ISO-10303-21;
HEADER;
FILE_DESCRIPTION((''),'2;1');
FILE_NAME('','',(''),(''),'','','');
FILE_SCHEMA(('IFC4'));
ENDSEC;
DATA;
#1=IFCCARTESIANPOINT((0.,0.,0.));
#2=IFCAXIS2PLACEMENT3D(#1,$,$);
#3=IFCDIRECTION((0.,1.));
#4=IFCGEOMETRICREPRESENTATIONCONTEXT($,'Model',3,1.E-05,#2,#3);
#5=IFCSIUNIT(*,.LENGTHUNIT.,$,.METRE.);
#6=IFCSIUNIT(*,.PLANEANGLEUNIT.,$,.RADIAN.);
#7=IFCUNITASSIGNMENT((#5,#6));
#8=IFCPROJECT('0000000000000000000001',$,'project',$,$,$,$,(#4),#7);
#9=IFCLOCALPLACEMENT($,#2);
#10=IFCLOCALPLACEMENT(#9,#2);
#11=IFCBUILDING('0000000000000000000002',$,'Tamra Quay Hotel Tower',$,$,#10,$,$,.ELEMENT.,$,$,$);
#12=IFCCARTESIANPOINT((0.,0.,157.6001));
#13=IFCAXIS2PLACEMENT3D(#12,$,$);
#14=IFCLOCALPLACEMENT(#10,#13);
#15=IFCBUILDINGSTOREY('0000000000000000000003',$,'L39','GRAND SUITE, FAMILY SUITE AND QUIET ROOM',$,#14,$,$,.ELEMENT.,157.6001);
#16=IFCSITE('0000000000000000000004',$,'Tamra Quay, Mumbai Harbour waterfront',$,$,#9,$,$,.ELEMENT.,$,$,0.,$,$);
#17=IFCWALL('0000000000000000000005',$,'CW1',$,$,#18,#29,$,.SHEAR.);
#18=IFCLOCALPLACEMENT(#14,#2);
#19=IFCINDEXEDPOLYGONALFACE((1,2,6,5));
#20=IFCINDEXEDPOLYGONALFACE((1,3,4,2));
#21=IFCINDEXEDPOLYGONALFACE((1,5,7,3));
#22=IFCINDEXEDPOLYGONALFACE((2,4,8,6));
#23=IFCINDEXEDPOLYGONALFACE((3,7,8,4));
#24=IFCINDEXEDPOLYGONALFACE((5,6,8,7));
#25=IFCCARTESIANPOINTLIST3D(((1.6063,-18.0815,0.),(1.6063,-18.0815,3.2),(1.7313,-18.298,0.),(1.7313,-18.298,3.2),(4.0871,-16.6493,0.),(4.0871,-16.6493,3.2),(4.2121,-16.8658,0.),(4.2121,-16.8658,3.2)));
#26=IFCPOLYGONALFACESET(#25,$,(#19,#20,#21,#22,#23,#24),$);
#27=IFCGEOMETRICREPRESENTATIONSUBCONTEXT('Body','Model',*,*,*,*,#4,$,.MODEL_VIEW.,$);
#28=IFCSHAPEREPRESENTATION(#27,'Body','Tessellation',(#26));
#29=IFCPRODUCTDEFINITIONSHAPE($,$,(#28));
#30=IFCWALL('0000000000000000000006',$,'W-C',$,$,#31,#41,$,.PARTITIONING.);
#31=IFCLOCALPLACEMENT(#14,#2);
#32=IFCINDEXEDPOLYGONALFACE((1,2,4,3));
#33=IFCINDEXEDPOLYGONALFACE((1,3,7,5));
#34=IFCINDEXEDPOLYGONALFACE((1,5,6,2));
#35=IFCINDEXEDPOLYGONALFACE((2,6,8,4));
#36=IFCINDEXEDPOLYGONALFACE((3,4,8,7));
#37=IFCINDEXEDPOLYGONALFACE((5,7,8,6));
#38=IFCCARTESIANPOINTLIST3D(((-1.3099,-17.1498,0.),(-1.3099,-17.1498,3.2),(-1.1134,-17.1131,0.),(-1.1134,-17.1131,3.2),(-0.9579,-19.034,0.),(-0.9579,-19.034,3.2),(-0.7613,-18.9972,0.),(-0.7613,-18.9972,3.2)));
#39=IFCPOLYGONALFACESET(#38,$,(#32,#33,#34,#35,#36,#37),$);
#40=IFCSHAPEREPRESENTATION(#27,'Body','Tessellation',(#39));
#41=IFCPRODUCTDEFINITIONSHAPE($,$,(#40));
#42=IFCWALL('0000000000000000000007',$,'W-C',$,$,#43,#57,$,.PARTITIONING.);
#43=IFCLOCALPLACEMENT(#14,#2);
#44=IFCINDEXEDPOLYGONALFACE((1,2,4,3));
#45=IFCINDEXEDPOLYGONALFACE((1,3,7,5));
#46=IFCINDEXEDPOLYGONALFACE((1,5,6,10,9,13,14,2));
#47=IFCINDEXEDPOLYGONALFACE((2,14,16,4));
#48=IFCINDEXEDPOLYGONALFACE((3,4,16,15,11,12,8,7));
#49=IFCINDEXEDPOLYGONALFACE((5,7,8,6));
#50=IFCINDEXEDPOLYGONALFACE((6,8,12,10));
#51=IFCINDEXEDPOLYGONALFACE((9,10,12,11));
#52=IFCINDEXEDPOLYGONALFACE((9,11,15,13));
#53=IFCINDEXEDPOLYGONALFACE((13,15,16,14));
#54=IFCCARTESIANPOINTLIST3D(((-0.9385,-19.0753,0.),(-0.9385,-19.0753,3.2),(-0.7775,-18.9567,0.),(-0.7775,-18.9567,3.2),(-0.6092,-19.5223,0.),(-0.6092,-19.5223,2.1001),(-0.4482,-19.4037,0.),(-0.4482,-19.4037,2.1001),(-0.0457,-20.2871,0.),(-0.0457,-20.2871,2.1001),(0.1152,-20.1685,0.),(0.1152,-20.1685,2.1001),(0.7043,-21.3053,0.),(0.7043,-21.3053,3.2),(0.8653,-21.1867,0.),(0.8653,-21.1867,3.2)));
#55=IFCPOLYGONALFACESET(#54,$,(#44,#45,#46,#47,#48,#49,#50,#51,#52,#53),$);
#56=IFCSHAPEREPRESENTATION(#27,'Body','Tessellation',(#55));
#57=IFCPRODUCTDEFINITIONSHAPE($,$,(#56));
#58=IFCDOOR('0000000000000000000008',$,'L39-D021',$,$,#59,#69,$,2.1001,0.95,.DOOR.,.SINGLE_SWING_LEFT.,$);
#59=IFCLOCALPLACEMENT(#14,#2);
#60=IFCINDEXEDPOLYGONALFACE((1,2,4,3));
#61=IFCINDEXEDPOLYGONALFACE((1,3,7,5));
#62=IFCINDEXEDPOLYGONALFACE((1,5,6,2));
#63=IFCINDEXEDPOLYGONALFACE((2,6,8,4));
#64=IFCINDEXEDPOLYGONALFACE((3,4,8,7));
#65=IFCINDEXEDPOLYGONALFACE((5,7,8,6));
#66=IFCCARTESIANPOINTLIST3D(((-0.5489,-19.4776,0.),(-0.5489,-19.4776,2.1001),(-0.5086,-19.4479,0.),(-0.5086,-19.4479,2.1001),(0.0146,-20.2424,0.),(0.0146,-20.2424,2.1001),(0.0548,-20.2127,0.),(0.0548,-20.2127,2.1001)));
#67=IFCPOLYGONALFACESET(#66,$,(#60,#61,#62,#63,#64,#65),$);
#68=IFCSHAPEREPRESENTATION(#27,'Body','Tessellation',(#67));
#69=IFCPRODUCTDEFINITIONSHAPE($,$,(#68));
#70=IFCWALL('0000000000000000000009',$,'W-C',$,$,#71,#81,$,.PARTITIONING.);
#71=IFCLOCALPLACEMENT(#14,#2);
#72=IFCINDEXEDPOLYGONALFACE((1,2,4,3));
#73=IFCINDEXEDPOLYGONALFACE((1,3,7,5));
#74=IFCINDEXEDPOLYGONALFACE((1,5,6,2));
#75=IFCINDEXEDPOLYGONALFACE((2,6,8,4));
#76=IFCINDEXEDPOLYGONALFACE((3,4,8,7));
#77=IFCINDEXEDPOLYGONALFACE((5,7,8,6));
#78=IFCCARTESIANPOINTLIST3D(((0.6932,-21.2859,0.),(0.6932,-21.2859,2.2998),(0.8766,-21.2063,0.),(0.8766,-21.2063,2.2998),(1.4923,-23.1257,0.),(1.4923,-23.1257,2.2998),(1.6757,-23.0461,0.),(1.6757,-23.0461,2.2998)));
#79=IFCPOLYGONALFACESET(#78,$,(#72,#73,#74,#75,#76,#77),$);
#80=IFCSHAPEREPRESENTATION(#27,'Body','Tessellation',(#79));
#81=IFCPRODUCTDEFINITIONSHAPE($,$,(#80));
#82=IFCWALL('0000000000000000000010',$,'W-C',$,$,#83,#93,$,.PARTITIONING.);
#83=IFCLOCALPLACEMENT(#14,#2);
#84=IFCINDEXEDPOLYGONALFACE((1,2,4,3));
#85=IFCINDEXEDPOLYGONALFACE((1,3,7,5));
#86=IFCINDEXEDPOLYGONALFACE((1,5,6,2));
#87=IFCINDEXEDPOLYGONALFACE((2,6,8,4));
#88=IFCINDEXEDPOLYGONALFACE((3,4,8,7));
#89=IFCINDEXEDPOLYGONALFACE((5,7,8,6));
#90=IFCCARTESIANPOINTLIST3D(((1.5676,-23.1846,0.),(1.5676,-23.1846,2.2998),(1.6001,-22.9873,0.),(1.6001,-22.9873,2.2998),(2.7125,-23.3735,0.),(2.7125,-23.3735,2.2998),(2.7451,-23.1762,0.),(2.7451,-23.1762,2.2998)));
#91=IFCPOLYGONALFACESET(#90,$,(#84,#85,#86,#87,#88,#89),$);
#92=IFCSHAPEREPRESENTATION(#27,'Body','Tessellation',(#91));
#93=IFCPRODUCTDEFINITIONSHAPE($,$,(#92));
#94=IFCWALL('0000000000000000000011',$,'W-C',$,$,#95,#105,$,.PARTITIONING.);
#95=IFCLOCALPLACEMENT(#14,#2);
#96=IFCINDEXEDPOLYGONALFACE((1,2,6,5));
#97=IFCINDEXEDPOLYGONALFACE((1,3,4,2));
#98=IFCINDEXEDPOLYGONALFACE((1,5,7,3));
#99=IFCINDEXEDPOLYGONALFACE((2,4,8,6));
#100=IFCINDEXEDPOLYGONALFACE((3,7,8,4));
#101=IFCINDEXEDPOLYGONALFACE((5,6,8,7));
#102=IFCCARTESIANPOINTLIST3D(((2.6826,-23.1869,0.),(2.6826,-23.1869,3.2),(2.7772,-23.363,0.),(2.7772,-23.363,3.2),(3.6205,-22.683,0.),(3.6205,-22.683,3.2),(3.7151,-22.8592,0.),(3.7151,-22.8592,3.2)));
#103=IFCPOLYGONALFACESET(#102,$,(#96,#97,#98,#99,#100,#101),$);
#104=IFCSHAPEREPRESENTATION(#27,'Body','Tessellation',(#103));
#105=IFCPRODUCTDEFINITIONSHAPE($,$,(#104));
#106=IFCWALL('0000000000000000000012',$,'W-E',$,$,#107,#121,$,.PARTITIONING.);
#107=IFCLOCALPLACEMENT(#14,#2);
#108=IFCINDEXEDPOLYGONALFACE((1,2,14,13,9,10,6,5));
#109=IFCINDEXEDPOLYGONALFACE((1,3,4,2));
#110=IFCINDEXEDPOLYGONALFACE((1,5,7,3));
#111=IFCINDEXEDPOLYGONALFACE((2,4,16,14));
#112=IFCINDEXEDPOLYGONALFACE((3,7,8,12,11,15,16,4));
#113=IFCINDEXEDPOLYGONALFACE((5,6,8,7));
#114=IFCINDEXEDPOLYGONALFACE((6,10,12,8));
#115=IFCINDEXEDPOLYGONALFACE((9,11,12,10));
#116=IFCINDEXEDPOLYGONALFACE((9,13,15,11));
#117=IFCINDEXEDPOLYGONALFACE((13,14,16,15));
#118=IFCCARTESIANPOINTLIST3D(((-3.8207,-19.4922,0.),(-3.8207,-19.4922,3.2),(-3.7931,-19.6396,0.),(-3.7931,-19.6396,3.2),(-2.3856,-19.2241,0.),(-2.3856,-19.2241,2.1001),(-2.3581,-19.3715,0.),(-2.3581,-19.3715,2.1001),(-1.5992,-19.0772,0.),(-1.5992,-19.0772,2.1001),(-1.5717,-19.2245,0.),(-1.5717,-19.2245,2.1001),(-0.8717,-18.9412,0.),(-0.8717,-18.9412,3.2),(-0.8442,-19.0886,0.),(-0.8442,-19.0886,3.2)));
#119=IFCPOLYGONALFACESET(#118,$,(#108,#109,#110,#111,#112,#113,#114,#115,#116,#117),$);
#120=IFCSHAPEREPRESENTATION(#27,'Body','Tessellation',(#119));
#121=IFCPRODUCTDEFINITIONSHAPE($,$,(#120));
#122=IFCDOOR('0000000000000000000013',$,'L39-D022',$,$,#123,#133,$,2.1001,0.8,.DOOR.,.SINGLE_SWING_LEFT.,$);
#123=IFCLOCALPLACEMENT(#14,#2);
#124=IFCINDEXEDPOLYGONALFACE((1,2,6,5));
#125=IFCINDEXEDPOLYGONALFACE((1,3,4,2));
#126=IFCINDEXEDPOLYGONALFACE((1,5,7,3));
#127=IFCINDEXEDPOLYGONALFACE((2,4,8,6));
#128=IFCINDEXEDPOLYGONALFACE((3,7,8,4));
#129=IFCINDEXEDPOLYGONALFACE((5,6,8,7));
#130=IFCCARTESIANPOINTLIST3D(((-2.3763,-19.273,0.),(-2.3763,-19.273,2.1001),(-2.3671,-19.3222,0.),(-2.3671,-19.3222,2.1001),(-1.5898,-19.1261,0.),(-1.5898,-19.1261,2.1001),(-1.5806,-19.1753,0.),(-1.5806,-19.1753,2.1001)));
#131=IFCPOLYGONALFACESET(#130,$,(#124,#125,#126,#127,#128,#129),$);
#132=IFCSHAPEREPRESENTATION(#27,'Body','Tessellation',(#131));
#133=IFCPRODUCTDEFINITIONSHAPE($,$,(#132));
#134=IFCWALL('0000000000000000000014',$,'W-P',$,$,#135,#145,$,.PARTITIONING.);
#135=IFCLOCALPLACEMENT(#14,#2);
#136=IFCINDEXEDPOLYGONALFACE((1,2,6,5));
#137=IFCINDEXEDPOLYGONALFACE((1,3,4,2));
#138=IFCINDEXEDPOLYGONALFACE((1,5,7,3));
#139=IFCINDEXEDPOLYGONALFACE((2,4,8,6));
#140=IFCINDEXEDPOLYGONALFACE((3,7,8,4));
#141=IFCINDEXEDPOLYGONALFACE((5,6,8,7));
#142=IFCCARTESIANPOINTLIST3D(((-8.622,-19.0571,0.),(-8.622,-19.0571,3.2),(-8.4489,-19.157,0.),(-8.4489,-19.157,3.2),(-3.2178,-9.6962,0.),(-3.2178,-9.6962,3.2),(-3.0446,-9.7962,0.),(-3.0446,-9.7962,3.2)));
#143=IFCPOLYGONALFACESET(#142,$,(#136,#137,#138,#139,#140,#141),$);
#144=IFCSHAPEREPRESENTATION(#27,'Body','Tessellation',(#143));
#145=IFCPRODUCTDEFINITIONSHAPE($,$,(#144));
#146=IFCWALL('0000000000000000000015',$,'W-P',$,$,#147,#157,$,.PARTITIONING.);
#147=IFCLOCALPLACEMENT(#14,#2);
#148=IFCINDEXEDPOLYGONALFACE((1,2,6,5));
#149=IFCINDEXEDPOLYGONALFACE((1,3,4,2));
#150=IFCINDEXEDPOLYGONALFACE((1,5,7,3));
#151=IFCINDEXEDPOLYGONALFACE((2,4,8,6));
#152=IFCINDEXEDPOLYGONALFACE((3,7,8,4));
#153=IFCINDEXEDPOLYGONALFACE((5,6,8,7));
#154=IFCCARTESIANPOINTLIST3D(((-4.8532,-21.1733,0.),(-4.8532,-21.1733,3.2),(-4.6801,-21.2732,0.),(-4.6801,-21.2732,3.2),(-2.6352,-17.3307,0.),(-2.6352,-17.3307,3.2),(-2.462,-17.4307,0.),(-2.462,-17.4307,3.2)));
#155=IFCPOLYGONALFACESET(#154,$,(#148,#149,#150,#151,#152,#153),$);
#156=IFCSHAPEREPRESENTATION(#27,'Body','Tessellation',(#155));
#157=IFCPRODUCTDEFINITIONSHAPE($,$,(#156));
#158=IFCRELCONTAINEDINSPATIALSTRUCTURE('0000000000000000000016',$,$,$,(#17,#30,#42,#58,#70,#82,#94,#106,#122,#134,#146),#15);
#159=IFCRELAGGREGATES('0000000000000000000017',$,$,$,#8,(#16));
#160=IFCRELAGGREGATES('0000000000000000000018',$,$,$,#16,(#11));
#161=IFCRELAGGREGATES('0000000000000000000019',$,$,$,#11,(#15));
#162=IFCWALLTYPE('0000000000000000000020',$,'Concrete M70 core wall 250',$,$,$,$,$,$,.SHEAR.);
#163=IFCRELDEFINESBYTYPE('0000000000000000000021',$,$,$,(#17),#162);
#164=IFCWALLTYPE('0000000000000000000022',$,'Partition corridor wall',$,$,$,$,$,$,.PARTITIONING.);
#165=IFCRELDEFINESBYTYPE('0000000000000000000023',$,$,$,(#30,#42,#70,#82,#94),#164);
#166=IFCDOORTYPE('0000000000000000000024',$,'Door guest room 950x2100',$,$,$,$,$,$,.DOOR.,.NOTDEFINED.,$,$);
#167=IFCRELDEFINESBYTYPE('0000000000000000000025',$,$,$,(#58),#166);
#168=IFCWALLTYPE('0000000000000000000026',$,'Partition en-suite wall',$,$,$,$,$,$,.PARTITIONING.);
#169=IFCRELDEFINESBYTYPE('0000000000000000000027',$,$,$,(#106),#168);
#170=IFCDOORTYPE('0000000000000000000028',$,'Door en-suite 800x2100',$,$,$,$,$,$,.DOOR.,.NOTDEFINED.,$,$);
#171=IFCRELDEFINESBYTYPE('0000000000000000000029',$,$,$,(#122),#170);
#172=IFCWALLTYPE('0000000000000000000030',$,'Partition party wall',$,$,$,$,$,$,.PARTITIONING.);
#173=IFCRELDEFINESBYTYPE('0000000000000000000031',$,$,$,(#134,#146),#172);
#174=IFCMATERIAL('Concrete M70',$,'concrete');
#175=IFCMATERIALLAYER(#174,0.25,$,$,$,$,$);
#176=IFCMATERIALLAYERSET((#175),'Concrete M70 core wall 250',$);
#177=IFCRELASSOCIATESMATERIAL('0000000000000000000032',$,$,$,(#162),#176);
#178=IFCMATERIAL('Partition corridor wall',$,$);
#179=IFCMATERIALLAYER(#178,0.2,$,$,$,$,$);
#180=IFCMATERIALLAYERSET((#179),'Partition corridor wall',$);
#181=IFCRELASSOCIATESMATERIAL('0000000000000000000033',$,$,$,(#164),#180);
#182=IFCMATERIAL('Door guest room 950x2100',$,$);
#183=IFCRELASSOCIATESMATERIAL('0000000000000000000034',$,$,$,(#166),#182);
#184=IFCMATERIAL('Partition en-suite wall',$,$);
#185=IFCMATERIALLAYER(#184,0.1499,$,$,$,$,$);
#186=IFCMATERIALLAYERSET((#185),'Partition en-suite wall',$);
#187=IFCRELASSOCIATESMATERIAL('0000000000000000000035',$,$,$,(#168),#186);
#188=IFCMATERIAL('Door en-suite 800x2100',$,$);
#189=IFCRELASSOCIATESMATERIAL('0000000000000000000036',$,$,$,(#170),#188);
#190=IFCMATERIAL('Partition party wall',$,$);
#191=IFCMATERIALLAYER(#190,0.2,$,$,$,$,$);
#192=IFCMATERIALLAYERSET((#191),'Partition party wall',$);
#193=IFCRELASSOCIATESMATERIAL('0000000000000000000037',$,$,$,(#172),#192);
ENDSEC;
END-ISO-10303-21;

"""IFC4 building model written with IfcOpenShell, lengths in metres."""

from ifc_helpers import new_model, si_unit, direction, frame, frame_2d, origin, place, context, subcontext, project, spatial, rectangle, extrude, material, layer, layer_set, type_object, element, fill, save


model = new_model("IFC4")

# Units and contexts
model_context = context("Model", 3, precision=1e-05, world=origin(), true_north=direction((0.0, 1.0)))
body_context = subcontext(model_context, "Body", "Model", "MODEL_VIEW")
ifc_project = project(units=[si_unit("LENGTHUNIT", "METRE"), si_unit("PLANEANGLEUNIT", "RADIAN")], contexts=[model_context])

# Site, building, storey
site_placement = place(None, origin())
site = spatial("IfcSite", under=ifc_project, at=site_placement, Name="Tamra Quay, Mumbai Harbour waterfront", CompositionType="ELEMENT", RefElevation=0.0)
building_placement = place(site_placement, origin())
building = spatial("IfcBuilding", under=site, at=building_placement, Name="Tamra Quay Hotel Tower", CompositionType="ELEMENT")
storey_placement = place(building_placement, frame((0.0, 0.0, 157.6001)))
storey = spatial("IfcBuildingStorey", under=building, at=storey_placement, Name="L39", Description="GRAND SUITE, FAMILY SUITE AND QUIET ROOM", CompositionType="ELEMENT", Elevation=157.6001)

# Shared definitions
ifc_material_1 = material(Name="Concrete M70", Category="concrete")

# Walls
ifc_layer_1 = layer(ifc_material_1, 0.25)
ifc_layer_set_1 = layer_set([ifc_layer_1], Name="Concrete M70 core wall 250")
wall_type_1 = type_object("IfcWallType", Name="Concrete M70 core wall 250", PredefinedType="SHEAR", material=ifc_layer_set_1)
wall_1_placement = place(storey_placement, frame((1.6689, -18.1897, 0.0), z_axis=(0.0, 0.0, 1.0), x_axis=(0.866042, 0.499971, 0.0)))
element("IfcWall", 1, at=wall_1_placement, inside=storey, type_object=wall_type_1, Name="CW1", PredefinedType="SHEAR", context=body_context, shape_type="SweptSolid", body=[
    extrude(rectangle(XDim=2.8645, YDim=0.25, at=frame_2d((1.4321, 0.0))), origin(), (0.0, 0.0, 1.0), 3.2),
])
ifc_material_2 = material(Name="Partition corridor wall")
ifc_layer_2 = layer(ifc_material_2, 0.2)
ifc_layer_set_2 = layer_set([ifc_layer_2], Name="Partition corridor wall")
wall_type_2 = type_object("IfcWallType", Name="Partition corridor wall", PredefinedType="PARTITIONING", material=ifc_layer_set_2)
wall_2_placement = place(storey_placement, frame((-1.2117, -17.1313, 0.0), z_axis=(0.0, 0.0, 1.0), x_axis=(0.183681, -0.982986, 0.0)))
element("IfcWall", 2, at=wall_2_placement, inside=storey, type_object=wall_type_2, Name="W-C", PredefinedType="PARTITIONING", context=body_context, shape_type="SweptSolid", body=[
    extrude(rectangle(XDim=1.9167, YDim=0.2, at=frame_2d((0.9585, 0.0))), origin(), (0.0, 0.0, 1.0), 3.2),
])

# Wall, opening, door
wall_3_placement = place(storey_placement, frame((-0.8579, -19.0161, 0.0), z_axis=(0.0, 0.0, 1.0), x_axis=(0.593124, -0.805111, 0.0)))
wall_3 = element("IfcWall", 3, at=wall_3_placement, inside=storey, type_object=wall_type_2, Name="W-C", PredefinedType="PARTITIONING", context=body_context, shape_type="SweptSolid", body=[
    extrude(rectangle(XDim=2.7698, YDim=0.2, at=frame_2d((1.3848, 0.0))), origin(), (0.0, 0.0, 1.0), 3.2),
])
opening_1_placement = place(wall_3_placement, frame((0.5549, 0.0, 0.0)))
opening_1 = element("IfcOpeningElement", 4, at=opening_1_placement, cuts=wall_3, PredefinedType="OPENING", context=body_context, shape_type="SweptSolid", body=[
    extrude(rectangle(XDim=0.95, YDim=2.1001, at=frame_2d((0.4751, 1.05))), frame((0.0, 0.1099, 0.0), z_axis=(0.0, -1.0, 0.0), x_axis=(1.0, 0.0, 0.0)), (0.0, 0.0, 1.0), 0.22),
])
ifc_material_3 = material(Name="Door guest room 950x2100")
door_type_1 = type_object("IfcDoorType", Name="Door guest room 950x2100", OperationType="NOTDEFINED", PredefinedType="DOOR", material=ifc_material_3)
door_1_placement = place(opening_1_placement, frame((0.95, 0.0, 0.0), z_axis=(0.0, 0.0, 1.0), x_axis=(-1.0, 0.0, 0.0)))
door_1 = element("IfcDoor", 5, at=door_1_placement, inside=storey, type_object=door_type_1, Name="L39-D021", OperationType="SINGLE_SWING_LEFT", OverallHeight=2.1001, OverallWidth=0.95, PredefinedType="DOOR", context=body_context, shape_type="SweptSolid", body=[
    extrude(rectangle(XDim=0.95, YDim=2.1001, at=frame_2d((0.4751, 1.05))), frame((0.0, 0.0249, 0.0), z_axis=(0.0, -1.0, 0.0), x_axis=(1.0, 0.0, 0.0)), (0.0, 0.0, 1.0), 0.05),
])
fill(opening_1, door_1)

# Walls
wall_4_placement = place(storey_placement, frame((0.7849, -21.2461, 0.0), z_axis=(0.0, 0.0, 1.0), x_axis=(0.398366, -0.917227, 0.0)))
element("IfcWall", 6, at=wall_4_placement, inside=storey, type_object=wall_type_2, Name="W-C", PredefinedType="PARTITIONING", context=body_context, shape_type="SweptSolid", body=[
    extrude(rectangle(XDim=2.0059, YDim=0.2, at=frame_2d((1.0029, 0.0))), origin(), (0.0, 0.0, 1.0), 2.2998),
])
wall_5_placement = place(storey_placement, frame((1.584, -23.0859, 0.0), z_axis=(0.0, 0.0, 1.0), x_axis=(0.986654, -0.16283, 0.0)))
element("IfcWall", 7, at=wall_5_placement, inside=storey, type_object=wall_type_2, Name="W-C", PredefinedType="PARTITIONING", context=body_context, shape_type="SweptSolid", body=[
    extrude(rectangle(XDim=1.1604, YDim=0.2, at=frame_2d((0.5801, 0.0))), origin(), (0.0, 0.0, 1.0), 2.2998),
])
wall_6_placement = place(storey_placement, frame((2.73, -23.2749, 0.0), z_axis=(0.0, 0.0, 1.0), x_axis=(0.880927, 0.473252, 0.0)))
element("IfcWall", 8, at=wall_6_placement, inside=storey, type_object=wall_type_2, Name="W-C", PredefinedType="PARTITIONING", context=body_context, shape_type="SweptSolid", body=[
    extrude(rectangle(XDim=1.0647, YDim=0.2, at=frame_2d((0.5322, 0.0))), origin(), (0.0, 0.0, 1.0), 3.2),
])

# Wall, opening, door
ifc_material_4 = material(Name="Partition en-suite wall")
ifc_layer_3 = layer(ifc_material_4, 0.1499)
ifc_layer_set_3 = layer_set([ifc_layer_3], Name="Partition en-suite wall")
wall_type_3 = type_object("IfcWallType", Name="Partition en-suite wall", PredefinedType="PARTITIONING", material=ifc_layer_set_3)
wall_7_placement = place(storey_placement, frame((-3.8069, -19.5659, 0.0), z_axis=(0.0, 0.0, 1.0), x_axis=(0.982987, 0.183674, 0.0)))
wall_7 = element("IfcWall", 9, at=wall_7_placement, inside=storey, type_object=wall_type_3, Name="W-E", PredefinedType="PARTITIONING", context=body_context, shape_type="SweptSolid", body=[
    extrude(rectangle(XDim=3.0, YDim=0.1499, at=frame_2d((1.5, 0.0))), origin(), (0.0, 0.0, 1.0), 3.2),
])
opening_2_placement = place(wall_7_placement, frame((1.46, 0.0, 0.0)))
opening_2 = element("IfcOpeningElement", 10, at=opening_2_placement, cuts=wall_7, PredefinedType="OPENING", context=body_context, shape_type="SweptSolid", body=[
    extrude(rectangle(XDim=0.8, YDim=2.1001, at=frame_2d((0.3999, 1.05))), frame((0.0, 0.085, 0.0), z_axis=(0.0, -1.0, 0.0), x_axis=(1.0, 0.0, 0.0)), (0.0, 0.0, 1.0), 0.1699),
])
ifc_material_5 = material(Name="Door en-suite 800x2100")
door_type_2 = type_object("IfcDoorType", Name="Door en-suite 800x2100", OperationType="NOTDEFINED", PredefinedType="DOOR", material=ifc_material_5)
door_2_placement = place(opening_2_placement, frame((0.8, 0.0, 0.0), z_axis=(0.0, 0.0, 1.0), x_axis=(-1.0, 0.0, 0.0)))
door_2 = element("IfcDoor", 11, at=door_2_placement, inside=storey, type_object=door_type_2, Name="L39-D022", OperationType="SINGLE_SWING_LEFT", OverallHeight=2.1001, OverallWidth=0.8, PredefinedType="DOOR", context=body_context, shape_type="SweptSolid", body=[
    extrude(rectangle(XDim=0.8, YDim=2.1001, at=frame_2d((0.3999, 1.05))), frame((0.0, 0.0249, 0.0), z_axis=(0.0, -1.0, 0.0), x_axis=(1.0, 0.0, 0.0)), (0.0, 0.0, 1.0), 0.05),
])
fill(opening_2, door_2)

# Walls
ifc_material_6 = material(Name="Partition party wall")
ifc_layer_4 = layer(ifc_material_6, 0.2)
ifc_layer_set_4 = layer_set([ifc_layer_4], Name="Partition party wall")
wall_type_4 = type_object("IfcWallType", Name="Partition party wall", PredefinedType="PARTITIONING", material=ifc_layer_set_4)
wall_8_placement = place(storey_placement, frame((-8.5354, -19.1069, 0.0), z_axis=(0.0, 0.0, 1.0), x_axis=(0.499987, 0.866033, 0.0)))
element("IfcWall", 12, at=wall_8_placement, inside=storey, type_object=wall_type_4, Name="W-P", PredefinedType="PARTITIONING", context=body_context, shape_type="SweptSolid", body=[
    extrude(rectangle(XDim=10.8088, YDim=0.2, at=frame_2d((5.4043, 0.0))), origin(), (0.0, 0.0, 1.0), 3.2),
])
wall_9_placement = place(storey_placement, frame((-4.7666, -21.2231, 0.0), z_axis=(0.0, 0.0, 1.0), x_axis=(0.499921, 0.866071, 0.0)))
element("IfcWall", 13, at=wall_9_placement, inside=storey, type_object=wall_type_4, Name="W-P", PredefinedType="PARTITIONING", context=body_context, shape_type="SweptSolid", body=[
    extrude(rectangle(XDim=4.4368, YDim=0.2, at=frame_2d((2.2183, 0.0))), origin(), (0.0, 0.0, 1.0), 3.2),
])

save(model, "model.ifc")
